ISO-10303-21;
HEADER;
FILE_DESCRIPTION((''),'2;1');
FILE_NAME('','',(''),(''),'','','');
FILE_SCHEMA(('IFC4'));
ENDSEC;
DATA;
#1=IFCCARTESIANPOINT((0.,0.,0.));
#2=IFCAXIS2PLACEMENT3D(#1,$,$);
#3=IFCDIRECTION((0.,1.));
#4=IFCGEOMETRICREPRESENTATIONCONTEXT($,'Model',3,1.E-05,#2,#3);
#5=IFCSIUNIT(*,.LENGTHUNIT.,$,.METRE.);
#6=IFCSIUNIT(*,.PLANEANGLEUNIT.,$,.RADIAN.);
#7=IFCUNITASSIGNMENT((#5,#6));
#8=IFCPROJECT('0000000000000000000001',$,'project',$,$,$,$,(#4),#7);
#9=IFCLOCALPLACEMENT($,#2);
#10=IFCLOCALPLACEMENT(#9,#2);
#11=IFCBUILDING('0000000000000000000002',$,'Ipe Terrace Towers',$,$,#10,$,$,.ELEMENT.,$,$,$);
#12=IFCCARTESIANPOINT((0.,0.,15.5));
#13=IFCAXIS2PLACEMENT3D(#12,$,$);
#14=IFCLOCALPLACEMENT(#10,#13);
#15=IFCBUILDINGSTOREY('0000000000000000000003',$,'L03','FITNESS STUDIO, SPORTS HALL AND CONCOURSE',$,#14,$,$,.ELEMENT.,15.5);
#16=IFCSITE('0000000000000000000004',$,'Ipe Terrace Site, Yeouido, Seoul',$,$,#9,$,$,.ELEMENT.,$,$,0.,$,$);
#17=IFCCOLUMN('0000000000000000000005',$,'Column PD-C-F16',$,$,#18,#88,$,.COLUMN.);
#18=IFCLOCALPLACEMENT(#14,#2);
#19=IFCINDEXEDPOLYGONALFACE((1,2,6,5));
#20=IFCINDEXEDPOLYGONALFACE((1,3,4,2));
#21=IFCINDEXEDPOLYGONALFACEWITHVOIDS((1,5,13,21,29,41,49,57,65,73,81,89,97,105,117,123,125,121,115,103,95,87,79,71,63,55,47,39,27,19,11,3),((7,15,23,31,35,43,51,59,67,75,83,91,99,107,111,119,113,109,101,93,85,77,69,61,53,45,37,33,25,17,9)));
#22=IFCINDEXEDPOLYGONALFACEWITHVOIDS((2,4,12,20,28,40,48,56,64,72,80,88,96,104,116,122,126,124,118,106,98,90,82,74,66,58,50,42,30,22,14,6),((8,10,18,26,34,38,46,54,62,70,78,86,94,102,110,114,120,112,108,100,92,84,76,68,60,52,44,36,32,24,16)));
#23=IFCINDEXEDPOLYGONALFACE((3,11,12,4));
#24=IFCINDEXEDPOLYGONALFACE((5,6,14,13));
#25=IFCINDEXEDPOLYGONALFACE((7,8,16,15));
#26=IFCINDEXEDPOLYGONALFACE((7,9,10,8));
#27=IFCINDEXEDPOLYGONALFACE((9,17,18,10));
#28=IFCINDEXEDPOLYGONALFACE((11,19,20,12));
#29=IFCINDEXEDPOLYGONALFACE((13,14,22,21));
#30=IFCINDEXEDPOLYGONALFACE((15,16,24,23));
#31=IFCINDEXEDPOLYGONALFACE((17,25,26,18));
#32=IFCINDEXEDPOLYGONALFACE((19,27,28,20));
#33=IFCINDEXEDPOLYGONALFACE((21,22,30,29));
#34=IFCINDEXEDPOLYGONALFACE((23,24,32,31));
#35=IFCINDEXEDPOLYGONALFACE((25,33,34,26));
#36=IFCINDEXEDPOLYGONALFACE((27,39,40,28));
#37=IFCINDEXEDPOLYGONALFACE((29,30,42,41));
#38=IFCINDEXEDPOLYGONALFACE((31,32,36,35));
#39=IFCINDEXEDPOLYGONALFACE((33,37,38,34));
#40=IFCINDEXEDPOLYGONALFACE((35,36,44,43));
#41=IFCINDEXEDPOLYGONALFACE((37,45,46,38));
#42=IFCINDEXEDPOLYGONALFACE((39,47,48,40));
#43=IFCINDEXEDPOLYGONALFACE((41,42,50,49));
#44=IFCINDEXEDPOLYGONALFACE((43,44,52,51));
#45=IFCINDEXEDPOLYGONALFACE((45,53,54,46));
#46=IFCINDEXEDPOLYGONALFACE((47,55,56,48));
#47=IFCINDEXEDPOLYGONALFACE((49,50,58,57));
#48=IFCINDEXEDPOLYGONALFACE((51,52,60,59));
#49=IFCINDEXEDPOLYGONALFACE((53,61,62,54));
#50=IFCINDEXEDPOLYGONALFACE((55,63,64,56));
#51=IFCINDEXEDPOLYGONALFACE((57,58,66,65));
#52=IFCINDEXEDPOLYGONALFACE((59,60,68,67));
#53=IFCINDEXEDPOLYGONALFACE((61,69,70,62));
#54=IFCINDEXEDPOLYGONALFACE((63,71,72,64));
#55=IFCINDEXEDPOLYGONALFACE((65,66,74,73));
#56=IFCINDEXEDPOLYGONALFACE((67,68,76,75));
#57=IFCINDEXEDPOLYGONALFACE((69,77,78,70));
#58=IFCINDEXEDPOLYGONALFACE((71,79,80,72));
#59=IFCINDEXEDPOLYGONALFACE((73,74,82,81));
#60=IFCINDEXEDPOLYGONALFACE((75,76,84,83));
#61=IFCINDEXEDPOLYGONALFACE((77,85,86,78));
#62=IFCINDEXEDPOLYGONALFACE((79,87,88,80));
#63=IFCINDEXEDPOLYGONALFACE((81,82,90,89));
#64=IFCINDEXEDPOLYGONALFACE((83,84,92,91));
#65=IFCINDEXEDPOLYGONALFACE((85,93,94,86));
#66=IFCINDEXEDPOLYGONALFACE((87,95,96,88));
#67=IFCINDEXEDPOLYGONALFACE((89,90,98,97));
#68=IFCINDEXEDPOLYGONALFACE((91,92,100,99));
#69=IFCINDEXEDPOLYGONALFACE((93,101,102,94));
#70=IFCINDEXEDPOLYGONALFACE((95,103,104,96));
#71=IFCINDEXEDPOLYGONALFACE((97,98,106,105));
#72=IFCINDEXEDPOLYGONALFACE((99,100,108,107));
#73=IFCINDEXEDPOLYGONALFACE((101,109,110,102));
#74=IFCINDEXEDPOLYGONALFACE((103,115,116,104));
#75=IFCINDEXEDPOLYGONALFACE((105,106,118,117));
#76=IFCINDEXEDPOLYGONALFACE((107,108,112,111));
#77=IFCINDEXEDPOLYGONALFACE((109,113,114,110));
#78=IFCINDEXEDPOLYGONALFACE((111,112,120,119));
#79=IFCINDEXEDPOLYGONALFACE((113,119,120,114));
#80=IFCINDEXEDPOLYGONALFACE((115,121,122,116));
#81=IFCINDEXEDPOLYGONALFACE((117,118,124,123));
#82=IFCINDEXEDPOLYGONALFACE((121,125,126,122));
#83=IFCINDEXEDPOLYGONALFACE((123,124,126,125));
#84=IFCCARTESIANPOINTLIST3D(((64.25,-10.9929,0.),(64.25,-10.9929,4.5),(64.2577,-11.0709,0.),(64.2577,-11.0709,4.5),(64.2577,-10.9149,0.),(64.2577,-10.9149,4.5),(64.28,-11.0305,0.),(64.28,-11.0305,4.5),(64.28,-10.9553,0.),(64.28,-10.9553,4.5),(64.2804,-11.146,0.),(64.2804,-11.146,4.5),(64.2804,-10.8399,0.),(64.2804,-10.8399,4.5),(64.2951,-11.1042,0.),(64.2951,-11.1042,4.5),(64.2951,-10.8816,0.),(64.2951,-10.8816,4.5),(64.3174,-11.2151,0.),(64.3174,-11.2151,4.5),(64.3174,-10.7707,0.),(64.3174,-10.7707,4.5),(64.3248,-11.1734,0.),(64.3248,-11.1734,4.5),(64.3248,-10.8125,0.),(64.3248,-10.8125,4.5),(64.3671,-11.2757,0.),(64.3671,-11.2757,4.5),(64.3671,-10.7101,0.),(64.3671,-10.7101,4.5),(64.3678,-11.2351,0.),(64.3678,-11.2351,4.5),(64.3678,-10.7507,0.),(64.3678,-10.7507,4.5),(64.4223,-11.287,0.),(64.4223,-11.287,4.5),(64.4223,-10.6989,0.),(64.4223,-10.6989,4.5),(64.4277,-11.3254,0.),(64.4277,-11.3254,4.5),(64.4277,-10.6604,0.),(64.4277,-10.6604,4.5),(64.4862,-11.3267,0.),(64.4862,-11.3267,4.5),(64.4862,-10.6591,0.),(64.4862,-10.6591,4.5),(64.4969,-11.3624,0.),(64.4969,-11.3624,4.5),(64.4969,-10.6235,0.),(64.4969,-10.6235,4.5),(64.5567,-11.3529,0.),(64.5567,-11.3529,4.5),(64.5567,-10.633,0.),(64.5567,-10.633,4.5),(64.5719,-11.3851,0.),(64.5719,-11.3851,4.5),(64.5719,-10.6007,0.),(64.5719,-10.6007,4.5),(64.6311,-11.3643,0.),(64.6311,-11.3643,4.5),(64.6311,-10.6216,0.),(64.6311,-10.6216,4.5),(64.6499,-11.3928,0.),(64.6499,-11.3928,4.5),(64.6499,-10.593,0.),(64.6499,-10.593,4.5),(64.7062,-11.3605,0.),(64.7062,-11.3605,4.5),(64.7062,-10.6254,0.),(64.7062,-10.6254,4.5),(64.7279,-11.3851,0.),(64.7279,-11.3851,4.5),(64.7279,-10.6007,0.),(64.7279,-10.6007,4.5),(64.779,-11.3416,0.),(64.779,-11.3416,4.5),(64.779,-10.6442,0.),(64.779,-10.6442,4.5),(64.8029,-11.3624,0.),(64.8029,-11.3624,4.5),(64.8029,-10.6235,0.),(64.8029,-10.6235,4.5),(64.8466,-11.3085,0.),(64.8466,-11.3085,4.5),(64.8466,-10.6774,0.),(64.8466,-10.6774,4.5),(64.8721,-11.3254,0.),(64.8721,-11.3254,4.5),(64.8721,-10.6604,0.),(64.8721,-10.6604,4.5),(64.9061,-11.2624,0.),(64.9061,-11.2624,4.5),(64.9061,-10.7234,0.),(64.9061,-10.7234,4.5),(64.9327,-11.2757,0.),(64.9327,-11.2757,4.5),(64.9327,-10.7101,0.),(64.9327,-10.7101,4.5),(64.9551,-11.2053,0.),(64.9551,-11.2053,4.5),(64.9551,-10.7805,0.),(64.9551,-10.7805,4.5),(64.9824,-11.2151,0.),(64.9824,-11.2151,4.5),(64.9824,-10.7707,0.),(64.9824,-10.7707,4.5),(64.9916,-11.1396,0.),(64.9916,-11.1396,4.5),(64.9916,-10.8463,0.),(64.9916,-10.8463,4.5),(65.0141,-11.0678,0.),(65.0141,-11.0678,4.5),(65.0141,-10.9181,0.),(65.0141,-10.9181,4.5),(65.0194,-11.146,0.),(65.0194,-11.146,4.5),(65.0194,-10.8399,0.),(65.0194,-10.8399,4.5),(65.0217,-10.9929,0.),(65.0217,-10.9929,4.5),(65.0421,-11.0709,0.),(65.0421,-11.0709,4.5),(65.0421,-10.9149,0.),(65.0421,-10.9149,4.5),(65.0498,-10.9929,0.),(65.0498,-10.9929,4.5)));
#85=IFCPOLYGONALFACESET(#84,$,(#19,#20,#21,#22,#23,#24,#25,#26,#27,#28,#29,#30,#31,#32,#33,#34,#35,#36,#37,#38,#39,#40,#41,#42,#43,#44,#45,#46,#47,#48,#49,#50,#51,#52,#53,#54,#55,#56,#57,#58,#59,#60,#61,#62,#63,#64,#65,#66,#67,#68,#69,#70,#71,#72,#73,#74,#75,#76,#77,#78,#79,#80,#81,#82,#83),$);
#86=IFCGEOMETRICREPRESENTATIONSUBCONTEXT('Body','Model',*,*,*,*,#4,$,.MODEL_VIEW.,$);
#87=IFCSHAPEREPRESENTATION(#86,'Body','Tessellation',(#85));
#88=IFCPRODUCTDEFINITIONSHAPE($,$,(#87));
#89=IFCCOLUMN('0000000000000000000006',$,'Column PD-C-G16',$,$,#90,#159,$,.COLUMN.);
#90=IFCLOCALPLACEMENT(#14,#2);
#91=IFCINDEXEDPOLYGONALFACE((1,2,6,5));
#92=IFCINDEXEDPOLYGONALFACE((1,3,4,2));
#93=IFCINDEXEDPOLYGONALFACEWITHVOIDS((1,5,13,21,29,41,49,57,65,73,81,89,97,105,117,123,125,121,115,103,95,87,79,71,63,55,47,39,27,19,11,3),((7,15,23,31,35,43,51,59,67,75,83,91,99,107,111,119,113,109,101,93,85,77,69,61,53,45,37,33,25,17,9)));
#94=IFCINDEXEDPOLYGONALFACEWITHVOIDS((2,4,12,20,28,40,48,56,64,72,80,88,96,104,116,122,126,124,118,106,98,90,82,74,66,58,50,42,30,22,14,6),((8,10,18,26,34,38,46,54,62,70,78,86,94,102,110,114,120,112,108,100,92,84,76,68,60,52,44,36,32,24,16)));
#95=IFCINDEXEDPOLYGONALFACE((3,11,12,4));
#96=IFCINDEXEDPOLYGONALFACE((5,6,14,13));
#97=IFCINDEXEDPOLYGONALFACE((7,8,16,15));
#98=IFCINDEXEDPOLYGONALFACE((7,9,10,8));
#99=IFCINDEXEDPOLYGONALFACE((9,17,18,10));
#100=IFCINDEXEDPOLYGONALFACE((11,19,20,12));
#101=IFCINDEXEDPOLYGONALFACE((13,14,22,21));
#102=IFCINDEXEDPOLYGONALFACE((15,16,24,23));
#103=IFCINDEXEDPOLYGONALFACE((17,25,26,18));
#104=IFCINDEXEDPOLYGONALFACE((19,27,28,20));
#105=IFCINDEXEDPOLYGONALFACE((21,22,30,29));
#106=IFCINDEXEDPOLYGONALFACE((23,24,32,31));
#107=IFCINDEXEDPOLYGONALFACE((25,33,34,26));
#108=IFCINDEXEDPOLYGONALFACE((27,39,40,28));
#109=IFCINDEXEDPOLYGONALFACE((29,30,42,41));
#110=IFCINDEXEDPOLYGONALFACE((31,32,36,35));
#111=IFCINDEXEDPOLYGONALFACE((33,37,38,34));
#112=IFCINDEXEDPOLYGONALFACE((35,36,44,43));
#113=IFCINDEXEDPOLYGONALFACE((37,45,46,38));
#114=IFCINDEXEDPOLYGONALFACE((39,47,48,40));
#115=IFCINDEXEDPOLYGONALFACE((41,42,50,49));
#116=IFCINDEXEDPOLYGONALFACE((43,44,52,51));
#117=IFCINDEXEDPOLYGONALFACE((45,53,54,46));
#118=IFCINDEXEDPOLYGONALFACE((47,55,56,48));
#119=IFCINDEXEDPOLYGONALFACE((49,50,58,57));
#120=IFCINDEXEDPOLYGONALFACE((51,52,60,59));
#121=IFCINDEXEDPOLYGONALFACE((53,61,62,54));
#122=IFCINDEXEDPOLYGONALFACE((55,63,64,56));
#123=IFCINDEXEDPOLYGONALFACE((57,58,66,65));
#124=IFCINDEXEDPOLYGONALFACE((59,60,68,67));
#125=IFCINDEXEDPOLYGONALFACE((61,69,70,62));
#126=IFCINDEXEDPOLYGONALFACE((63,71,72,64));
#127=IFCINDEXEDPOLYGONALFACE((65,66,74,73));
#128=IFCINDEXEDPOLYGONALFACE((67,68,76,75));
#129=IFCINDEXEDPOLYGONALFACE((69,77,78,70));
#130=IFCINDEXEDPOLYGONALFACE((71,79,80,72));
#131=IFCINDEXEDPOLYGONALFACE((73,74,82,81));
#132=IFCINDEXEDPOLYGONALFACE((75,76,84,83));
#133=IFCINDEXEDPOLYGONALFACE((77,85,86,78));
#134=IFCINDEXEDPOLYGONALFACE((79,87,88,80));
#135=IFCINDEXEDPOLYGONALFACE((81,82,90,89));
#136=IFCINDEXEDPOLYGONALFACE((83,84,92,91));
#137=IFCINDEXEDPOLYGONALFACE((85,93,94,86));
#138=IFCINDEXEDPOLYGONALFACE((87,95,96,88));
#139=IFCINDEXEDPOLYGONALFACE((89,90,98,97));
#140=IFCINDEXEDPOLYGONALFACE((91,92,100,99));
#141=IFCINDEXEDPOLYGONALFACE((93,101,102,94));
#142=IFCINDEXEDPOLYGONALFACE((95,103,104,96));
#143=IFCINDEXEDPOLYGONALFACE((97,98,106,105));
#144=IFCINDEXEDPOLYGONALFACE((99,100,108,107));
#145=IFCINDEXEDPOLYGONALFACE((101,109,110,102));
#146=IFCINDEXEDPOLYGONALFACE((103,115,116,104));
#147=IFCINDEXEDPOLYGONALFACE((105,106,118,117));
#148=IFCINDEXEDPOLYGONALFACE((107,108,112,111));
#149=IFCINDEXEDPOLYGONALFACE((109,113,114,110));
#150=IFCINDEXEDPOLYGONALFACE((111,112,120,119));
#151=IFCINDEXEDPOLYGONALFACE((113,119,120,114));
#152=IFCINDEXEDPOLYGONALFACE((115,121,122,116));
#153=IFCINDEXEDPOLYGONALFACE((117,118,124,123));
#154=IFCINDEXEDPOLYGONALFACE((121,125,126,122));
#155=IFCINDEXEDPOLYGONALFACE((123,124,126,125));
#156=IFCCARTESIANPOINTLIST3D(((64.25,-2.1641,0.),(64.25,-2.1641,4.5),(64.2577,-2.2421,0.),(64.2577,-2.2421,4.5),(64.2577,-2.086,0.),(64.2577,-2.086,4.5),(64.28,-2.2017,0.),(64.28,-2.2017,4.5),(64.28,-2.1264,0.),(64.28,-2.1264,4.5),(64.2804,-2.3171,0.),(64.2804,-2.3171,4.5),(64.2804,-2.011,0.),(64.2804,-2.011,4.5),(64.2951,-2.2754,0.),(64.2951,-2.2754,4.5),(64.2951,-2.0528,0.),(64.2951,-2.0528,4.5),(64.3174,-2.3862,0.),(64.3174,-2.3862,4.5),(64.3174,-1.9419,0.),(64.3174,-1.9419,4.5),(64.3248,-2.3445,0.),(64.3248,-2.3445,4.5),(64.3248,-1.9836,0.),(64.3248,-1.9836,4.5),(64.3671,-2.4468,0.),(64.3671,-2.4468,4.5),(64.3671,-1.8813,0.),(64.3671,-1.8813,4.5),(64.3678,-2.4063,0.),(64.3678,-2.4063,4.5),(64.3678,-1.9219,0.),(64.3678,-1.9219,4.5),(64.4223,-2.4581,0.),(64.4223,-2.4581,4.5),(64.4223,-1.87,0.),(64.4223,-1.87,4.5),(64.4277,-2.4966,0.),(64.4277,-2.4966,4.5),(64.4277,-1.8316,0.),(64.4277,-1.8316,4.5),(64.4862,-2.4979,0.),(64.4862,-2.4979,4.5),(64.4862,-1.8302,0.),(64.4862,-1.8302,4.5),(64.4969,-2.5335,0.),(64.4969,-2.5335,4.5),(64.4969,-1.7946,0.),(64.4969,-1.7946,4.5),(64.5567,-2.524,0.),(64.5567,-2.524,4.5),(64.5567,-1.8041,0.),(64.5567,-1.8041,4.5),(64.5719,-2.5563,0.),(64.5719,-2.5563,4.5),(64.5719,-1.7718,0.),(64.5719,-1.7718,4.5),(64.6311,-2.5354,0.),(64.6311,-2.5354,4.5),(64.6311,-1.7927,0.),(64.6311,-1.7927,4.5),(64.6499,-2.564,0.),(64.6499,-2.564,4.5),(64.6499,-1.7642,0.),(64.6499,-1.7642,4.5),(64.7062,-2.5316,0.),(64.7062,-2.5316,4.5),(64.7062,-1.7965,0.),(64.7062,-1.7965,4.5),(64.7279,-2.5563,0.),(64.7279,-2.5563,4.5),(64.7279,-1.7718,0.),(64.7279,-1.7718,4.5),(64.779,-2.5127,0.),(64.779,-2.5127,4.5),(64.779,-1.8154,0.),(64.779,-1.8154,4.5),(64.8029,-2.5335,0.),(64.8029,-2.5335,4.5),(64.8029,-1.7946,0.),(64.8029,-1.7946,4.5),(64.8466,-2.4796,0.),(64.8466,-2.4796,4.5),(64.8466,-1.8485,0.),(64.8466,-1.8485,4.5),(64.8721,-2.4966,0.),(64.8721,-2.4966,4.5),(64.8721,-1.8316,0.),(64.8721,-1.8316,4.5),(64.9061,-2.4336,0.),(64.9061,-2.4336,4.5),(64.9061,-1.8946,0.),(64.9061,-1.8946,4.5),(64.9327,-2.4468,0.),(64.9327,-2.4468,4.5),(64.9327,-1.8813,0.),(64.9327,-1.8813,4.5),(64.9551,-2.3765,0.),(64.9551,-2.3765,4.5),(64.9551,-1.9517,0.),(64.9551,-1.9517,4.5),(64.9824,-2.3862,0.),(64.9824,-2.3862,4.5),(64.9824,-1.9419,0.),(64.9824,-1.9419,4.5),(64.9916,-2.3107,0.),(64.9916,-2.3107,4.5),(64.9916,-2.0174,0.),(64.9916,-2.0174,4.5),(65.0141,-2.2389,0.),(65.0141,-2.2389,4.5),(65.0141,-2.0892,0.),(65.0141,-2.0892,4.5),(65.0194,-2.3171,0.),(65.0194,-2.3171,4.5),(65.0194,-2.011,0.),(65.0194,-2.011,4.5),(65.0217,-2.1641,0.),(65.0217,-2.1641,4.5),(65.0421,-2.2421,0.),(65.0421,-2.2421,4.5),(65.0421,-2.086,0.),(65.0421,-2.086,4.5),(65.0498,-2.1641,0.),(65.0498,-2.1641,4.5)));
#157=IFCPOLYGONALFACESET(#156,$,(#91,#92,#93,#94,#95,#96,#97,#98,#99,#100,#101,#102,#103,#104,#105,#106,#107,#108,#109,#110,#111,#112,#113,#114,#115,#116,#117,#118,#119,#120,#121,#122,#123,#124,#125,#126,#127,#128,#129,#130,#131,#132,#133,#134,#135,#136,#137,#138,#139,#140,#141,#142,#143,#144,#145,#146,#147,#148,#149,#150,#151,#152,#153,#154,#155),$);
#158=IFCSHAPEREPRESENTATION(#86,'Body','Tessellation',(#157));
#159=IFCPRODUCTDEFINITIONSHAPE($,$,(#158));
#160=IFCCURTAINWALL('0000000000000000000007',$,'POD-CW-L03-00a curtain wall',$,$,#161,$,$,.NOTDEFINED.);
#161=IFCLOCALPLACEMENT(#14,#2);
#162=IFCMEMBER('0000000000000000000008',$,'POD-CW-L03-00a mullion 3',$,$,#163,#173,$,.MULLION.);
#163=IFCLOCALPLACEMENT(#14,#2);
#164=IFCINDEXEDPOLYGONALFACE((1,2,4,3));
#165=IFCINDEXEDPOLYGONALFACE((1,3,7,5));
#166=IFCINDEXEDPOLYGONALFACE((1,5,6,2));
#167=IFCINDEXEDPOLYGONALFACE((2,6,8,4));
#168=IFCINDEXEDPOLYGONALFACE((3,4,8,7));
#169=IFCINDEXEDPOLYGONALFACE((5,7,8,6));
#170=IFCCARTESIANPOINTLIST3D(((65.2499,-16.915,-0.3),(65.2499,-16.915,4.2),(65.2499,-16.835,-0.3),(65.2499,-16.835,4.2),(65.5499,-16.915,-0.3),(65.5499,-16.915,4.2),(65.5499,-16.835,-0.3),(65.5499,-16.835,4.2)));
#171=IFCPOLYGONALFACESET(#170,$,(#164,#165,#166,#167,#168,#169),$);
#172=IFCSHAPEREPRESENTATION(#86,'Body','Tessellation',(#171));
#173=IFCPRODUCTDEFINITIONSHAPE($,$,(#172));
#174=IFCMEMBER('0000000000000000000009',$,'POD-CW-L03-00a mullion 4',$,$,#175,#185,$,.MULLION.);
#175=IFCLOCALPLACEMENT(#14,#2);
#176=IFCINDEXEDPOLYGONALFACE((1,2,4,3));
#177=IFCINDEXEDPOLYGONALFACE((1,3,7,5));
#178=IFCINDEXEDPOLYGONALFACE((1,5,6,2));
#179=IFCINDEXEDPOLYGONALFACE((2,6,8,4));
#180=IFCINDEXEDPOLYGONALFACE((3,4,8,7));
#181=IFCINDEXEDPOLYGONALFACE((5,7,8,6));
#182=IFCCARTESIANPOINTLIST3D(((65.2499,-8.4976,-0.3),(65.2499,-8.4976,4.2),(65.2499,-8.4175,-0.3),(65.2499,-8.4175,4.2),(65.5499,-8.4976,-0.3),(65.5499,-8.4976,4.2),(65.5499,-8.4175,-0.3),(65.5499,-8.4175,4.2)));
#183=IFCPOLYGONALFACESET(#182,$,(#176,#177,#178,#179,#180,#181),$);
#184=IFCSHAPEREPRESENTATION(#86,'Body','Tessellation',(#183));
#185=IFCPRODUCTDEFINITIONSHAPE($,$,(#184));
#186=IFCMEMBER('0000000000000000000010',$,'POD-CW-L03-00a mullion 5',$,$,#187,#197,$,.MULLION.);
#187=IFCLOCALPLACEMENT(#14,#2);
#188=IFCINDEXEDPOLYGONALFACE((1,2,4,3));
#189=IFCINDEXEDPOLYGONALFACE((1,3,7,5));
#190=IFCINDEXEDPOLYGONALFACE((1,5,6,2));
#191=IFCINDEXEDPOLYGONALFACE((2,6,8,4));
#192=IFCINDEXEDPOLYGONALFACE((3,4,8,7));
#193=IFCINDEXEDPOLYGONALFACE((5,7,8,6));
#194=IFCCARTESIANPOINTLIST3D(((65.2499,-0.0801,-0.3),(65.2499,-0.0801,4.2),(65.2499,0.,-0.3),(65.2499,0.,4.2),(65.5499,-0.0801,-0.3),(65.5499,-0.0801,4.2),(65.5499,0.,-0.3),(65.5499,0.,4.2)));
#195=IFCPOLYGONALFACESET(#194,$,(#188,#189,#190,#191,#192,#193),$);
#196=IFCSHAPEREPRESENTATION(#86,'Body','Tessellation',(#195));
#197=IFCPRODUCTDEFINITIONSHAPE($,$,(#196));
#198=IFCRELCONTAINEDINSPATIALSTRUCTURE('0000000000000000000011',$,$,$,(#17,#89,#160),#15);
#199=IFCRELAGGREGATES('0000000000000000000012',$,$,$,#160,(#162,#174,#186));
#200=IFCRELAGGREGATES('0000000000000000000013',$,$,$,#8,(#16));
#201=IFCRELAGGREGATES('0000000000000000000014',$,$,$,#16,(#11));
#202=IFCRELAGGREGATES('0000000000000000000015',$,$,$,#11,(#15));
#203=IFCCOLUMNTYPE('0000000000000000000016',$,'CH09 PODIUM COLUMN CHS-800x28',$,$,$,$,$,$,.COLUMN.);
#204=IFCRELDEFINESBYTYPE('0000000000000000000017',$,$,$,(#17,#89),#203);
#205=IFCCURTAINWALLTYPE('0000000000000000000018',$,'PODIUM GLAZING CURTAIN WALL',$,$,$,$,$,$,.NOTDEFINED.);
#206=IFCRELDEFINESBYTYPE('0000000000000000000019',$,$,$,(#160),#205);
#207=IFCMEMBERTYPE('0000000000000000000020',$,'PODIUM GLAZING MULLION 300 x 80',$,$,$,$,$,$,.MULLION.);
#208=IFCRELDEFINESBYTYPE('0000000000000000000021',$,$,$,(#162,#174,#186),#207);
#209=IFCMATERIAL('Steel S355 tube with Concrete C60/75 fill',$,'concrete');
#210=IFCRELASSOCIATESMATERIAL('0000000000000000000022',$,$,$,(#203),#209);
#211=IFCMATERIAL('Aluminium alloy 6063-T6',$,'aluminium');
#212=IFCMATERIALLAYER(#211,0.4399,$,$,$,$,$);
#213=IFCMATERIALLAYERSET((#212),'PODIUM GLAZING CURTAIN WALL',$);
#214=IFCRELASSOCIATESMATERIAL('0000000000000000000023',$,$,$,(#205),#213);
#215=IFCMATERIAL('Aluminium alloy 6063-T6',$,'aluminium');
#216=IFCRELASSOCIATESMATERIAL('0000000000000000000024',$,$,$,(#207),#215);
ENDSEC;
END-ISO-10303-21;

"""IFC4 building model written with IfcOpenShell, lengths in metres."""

from ifc_helpers import new_model, si_unit, direction, frame, origin, origin_2d, place, context, subcontext, project, spatial, rectangle, hollow_circle, extrude, material, layer, layer_set, material_profile, profile_set, type_object, element, aggregate, save


model = new_model("IFC4")

# Units and contexts
model_context = context("Model", 3, precision=1e-05, world=origin(), true_north=direction((0.0, 1.0)))
body_context = subcontext(model_context, "Body", "Model", "MODEL_VIEW")
ifc_project = project(units=[si_unit("LENGTHUNIT", "METRE"), si_unit("PLANEANGLEUNIT", "RADIAN")], contexts=[model_context])

# Site, building, storey
site_placement = place(None, origin())
site = spatial("IfcSite", under=ifc_project, at=site_placement, Name="Ipe Terrace Site, Yeouido, Seoul", CompositionType="ELEMENT", RefElevation=0.0)
building_placement = place(site_placement, origin())
building = spatial("IfcBuilding", under=site, at=building_placement, Name="Ipe Terrace Towers", CompositionType="ELEMENT")
storey_placement = place(building_placement, frame((0.0, 0.0, 15.5)))
storey = spatial("IfcBuildingStorey", under=building, at=storey_placement, Name="L03", Description="FITNESS STUDIO, SPORTS HALL AND CONCOURSE", CompositionType="ELEMENT", Elevation=15.5)

# Columns
ifc_material_1 = material(Name="Steel S355 tube with Concrete C60/75 fill", Category="concrete")
ifc_material_profile_1 = material_profile(ifc_material_1, hollow_circle(Radius=0.3999, WallThickness=0.0281, at=origin_2d()), Name="CHS-800x28")
ifc_profile_set_1 = profile_set([ifc_material_profile_1], Name="Steel S355 tube with Concrete C60/75 fill")
column_type_1 = type_object("IfcColumnType", Name="CH09 PODIUM COLUMN CHS-800x28", PredefinedType="COLUMN", material=ifc_profile_set_1)
for number, where, z_axis, x_axis, name in (
    (1, (64.6499, -10.9929, 0.0), (0.0, 0.0, 1.0), (1.0, 0.0, 0.0), "Column PD-C-F16"),
    (2, (64.6499, -2.1641, 0.0), (0.0, 0.0, 1.0), (1.0, 0.0, 0.0), "Column PD-C-G16"),
):
    element("IfcColumn", number, at=place(storey_placement, frame(where, z_axis=z_axis, x_axis=x_axis)), inside=storey, type_object=column_type_1, Name=name, PredefinedType="COLUMN", context=body_context, shape_type="SweptSolid", body=[
        extrude(hollow_circle(Radius=0.3999, WallThickness=0.0281, at=origin_2d()), origin(), (0.0, 0.0, 1.0), 4.5),
    ])

# Curtain wall, members
ifc_material_2 = material(Name="Aluminium alloy 6063-T6", Category="aluminium")
ifc_layer_1 = layer(ifc_material_2, 0.4399)
ifc_layer_set_1 = layer_set([ifc_layer_1], Name="PODIUM GLAZING CURTAIN WALL")
curtain_wall_type = type_object("IfcCurtainWallType", Name="PODIUM GLAZING CURTAIN WALL", PredefinedType="NOTDEFINED", material=ifc_layer_set_1)
curtain_wall_1_placement = place(storey_placement, origin())
curtain_wall_1 = element("IfcCurtainWall", 3, at=curtain_wall_1_placement, inside=storey, type_object=curtain_wall_type, Name="POD-CW-L03-00a curtain wall", PredefinedType="NOTDEFINED")
ifc_material_3 = material(Name="Aluminium alloy 6063-T6", Category="aluminium")
ifc_material_profile_2 = material_profile(ifc_material_3, rectangle(XDim=0.3, YDim=0.0801, at=origin_2d()), Name="PODIUM GLAZING MULLION 300 x 80")
ifc_profile_set_2 = profile_set([ifc_material_profile_2], Name="Aluminium alloy 6063-T6")
member_type_1 = type_object("IfcMemberType", Name="PODIUM GLAZING MULLION 300 x 80", PredefinedType="MULLION", material=ifc_profile_set_2)
member_1_placement = place(storey_placement, frame((65.3999, -16.875, -0.3), z_axis=(0.0, 0.0, 1.0), x_axis=(1.0, 0.0, 0.0)))
member_1 = element("IfcMember", 4, at=member_1_placement, type_object=member_type_1, Name="POD-CW-L03-00a mullion 3", PredefinedType="MULLION", context=body_context, shape_type="SweptSolid", body=[
    extrude(rectangle(XDim=0.3, YDim=0.0801, at=origin_2d()), origin(), (0.0, 0.0, 1.0), 4.5),
])
member_2_placement = place(storey_placement, frame((65.3999, -8.4575, -0.3), z_axis=(0.0, 0.0, 1.0), x_axis=(1.0, 0.0, 0.0)))
member_2 = element("IfcMember", 5, at=member_2_placement, type_object=member_type_1, Name="POD-CW-L03-00a mullion 4", PredefinedType="MULLION", context=body_context, shape_type="SweptSolid", body=[
    extrude(rectangle(XDim=0.3, YDim=0.0801, at=origin_2d()), origin(), (0.0, 0.0, 1.0), 4.5),
])
member_3_placement = place(storey_placement, frame((65.3999, -0.04, -0.3), z_axis=(0.0, 0.0, 1.0), x_axis=(1.0, 0.0, 0.0)))
member_3 = element("IfcMember", 6, at=member_3_placement, type_object=member_type_1, Name="POD-CW-L03-00a mullion 5", PredefinedType="MULLION", context=body_context, shape_type="SweptSolid", body=[
    extrude(rectangle(XDim=0.3, YDim=0.0801, at=origin_2d()), origin(), (0.0, 0.0, 1.0), 4.5),
])

aggregate(curtain_wall_1, [member_1, member_2, member_3])

save(model, "model.ifc")
